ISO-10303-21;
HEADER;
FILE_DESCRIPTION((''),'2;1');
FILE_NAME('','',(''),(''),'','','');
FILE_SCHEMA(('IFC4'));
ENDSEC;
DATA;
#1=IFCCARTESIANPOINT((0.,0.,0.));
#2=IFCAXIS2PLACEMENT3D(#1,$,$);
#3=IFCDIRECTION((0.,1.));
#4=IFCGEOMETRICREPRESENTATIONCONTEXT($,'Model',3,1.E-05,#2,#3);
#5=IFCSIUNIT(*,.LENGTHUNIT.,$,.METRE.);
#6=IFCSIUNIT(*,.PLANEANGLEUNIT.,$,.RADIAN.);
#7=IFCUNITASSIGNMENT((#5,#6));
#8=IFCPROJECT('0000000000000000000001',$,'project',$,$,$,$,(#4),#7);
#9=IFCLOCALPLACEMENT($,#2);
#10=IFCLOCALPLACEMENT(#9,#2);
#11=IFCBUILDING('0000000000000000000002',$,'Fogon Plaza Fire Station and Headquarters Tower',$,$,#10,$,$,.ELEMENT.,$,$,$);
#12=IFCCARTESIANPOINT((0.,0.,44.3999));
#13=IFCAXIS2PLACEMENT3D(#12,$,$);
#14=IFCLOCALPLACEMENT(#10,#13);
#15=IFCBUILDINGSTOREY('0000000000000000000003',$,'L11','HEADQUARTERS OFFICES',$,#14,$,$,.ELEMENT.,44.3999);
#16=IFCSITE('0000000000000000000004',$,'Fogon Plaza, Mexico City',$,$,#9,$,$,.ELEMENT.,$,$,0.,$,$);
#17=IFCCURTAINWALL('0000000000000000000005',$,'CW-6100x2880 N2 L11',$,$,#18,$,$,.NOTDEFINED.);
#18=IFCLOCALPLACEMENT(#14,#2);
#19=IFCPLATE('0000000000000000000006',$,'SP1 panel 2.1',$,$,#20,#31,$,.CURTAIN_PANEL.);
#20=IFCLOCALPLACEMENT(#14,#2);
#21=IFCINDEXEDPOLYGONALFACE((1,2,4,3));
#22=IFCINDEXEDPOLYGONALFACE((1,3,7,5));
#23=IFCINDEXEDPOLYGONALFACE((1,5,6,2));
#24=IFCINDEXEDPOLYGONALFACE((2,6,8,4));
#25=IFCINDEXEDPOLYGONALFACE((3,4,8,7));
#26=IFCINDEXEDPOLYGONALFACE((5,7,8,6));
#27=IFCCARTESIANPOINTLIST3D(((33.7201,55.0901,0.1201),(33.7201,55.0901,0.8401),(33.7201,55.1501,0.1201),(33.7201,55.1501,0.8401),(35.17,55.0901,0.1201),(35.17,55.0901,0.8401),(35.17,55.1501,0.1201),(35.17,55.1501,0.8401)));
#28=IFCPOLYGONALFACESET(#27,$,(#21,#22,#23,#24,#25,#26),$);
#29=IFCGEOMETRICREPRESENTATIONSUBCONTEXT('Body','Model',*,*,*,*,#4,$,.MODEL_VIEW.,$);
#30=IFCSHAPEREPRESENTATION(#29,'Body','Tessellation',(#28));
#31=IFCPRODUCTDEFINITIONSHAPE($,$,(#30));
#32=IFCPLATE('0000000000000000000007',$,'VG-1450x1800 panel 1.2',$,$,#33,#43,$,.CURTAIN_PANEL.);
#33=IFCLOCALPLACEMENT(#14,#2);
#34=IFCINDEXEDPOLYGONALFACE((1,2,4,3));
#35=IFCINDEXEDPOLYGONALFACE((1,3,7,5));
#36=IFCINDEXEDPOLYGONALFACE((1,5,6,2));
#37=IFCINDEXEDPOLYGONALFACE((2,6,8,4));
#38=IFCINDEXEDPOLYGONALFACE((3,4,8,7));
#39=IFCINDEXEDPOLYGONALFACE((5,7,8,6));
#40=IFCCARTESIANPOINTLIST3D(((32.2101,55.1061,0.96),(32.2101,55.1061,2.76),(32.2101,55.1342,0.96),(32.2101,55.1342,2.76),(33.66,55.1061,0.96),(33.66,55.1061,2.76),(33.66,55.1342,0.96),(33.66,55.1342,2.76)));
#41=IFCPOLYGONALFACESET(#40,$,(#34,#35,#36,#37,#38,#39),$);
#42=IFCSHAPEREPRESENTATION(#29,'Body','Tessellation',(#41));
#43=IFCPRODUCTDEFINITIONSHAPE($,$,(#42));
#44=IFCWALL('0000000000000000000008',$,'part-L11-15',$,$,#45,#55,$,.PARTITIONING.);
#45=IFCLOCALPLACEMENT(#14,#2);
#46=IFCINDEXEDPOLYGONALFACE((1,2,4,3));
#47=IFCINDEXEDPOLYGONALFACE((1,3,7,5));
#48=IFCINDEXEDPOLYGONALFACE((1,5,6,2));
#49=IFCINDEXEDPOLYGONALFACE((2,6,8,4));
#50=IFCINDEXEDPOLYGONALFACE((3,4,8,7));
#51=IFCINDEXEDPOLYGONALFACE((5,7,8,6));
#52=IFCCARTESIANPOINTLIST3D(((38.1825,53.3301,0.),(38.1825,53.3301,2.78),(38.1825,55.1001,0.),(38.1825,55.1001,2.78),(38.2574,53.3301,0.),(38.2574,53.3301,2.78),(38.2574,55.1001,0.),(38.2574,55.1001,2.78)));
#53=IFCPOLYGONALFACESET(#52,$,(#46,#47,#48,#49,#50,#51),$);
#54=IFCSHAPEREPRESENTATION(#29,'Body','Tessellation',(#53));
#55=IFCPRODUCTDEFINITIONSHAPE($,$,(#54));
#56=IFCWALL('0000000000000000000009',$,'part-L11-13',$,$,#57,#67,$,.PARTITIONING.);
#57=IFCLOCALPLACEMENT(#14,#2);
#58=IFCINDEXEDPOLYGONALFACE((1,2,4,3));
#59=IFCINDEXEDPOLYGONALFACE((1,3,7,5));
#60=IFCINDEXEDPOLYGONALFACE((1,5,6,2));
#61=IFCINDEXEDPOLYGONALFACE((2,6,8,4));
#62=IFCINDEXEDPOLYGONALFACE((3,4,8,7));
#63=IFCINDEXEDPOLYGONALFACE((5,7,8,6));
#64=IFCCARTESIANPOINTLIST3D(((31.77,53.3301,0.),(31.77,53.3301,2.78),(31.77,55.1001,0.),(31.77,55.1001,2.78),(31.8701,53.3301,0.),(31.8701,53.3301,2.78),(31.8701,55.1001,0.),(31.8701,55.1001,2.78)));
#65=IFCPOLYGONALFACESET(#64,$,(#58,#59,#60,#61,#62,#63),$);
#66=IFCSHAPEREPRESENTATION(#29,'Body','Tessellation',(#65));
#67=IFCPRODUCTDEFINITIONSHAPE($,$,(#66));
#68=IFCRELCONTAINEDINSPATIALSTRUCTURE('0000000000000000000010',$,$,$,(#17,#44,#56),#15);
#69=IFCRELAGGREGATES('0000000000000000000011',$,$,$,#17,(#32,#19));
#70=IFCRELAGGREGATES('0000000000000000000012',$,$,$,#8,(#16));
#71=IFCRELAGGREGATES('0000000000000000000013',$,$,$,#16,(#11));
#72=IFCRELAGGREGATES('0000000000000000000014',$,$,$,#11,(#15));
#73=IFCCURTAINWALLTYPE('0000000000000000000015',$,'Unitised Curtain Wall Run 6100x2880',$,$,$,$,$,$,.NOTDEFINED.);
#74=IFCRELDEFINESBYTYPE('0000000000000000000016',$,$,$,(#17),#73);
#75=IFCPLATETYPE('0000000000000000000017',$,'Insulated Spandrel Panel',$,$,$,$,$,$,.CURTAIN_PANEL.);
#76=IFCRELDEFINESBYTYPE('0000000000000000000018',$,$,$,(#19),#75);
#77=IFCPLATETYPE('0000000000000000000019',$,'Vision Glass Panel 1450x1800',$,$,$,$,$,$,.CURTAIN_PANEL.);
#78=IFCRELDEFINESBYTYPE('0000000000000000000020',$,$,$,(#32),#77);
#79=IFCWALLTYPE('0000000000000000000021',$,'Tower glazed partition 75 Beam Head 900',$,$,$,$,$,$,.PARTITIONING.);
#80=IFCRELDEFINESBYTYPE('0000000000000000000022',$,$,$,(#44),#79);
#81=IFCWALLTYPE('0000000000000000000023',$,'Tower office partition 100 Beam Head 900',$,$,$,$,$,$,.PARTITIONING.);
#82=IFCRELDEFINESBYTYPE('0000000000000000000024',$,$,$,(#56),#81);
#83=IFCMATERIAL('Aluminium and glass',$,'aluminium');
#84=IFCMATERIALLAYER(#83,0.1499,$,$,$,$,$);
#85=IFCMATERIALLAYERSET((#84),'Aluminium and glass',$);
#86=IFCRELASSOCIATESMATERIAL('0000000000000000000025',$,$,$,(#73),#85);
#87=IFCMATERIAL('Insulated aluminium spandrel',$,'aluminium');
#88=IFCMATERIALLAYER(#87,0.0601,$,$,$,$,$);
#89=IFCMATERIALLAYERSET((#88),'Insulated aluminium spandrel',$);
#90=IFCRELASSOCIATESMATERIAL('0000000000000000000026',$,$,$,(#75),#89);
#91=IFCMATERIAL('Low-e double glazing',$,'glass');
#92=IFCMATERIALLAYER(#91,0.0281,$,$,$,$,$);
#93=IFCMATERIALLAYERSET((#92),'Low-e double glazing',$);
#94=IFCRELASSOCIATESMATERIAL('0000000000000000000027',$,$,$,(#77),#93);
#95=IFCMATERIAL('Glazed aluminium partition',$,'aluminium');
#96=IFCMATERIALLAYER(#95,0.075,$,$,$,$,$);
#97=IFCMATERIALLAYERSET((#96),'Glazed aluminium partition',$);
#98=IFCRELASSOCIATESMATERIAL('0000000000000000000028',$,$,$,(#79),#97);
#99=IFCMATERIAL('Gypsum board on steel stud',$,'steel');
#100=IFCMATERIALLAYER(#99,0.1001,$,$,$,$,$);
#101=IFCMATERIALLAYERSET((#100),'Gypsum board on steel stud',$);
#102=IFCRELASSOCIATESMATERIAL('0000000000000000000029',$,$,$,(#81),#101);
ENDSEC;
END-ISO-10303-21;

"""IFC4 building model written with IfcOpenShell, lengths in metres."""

from ifc_helpers import new_model, si_unit, direction, frame, frame_2d, origin, origin_2d, place, context, subcontext, project, spatial, rectangle, extrude, material, layer, layer_set, type_object, element, aggregate, save


model = new_model("IFC4")

# Units and contexts
model_context = context("Model", 3, precision=1e-05, world=origin(), true_north=direction((0.0, 1.0)))
body_context = subcontext(model_context, "Body", "Model", "MODEL_VIEW")
ifc_project = project(units=[si_unit("LENGTHUNIT", "METRE"), si_unit("PLANEANGLEUNIT", "RADIAN")], contexts=[model_context])

# Site, building, storey
site_placement = place(None, origin())
site = spatial("IfcSite", under=ifc_project, at=site_placement, Name="Fogon Plaza, Mexico City", CompositionType="ELEMENT", RefElevation=0.0)
building_placement = place(site_placement, origin())
building = spatial("IfcBuilding", under=site, at=building_placement, Name="Fogon Plaza Fire Station and Headquarters Tower", CompositionType="ELEMENT")
storey_placement = place(building_placement, frame((0.0, 0.0, 44.3999)))
storey = spatial("IfcBuildingStorey", under=building, at=storey_placement, Name="L11", Description="HEADQUARTERS OFFICES", CompositionType="ELEMENT", Elevation=44.3999)

# Shared definitions
ifc_material_1 = material(Name="Aluminium and glass", Category="aluminium")
ifc_layer_1 = layer(ifc_material_1, 0.1499)
ifc_layer_set_1 = layer_set([ifc_layer_1], Name="Aluminium and glass")
curtain_wall_type = type_object("IfcCurtainWallType", Name="Unitised Curtain Wall Run 6100x2880", PredefinedType="NOTDEFINED", material=ifc_layer_set_1)

# Curtain wall
curtain_wall_1_placement = place(storey_placement, origin())
curtain_wall_1 = element("IfcCurtainWall", 1, at=curtain_wall_1_placement, inside=storey, type_object=curtain_wall_type, Name="CW-6100x2880 N2 L11", PredefinedType="NOTDEFINED")

# Plates
ifc_material_2 = material(Name="Insulated aluminium spandrel", Category="aluminium")
ifc_layer_2 = layer(ifc_material_2, 0.0601)
ifc_layer_set_2 = layer_set([ifc_layer_2], Name="Insulated aluminium spandrel")
plate_type_1 = type_object("IfcPlateType", Name="Insulated Spandrel Panel", PredefinedType="CURTAIN_PANEL", material=ifc_layer_set_2)
plate_1_placement = place(storey_placement, frame((34.4451, 55.1201, 0.1201), z_axis=(0.0, 0.0, 1.0), x_axis=(1.0, 0.0, 0.0)))
plate_1 = element("IfcPlate", 2, at=plate_1_placement, type_object=plate_type_1, Name="SP1 panel 2.1", PredefinedType="CURTAIN_PANEL", context=body_context, shape_type="SweptSolid", body=[
    extrude(rectangle(XDim=1.45, YDim=0.0601, at=origin_2d()), origin(), (0.0, 0.0, 1.0), 0.72),
])
ifc_material_3 = material(Name="Low-e double glazing", Category="glass")
ifc_layer_3 = layer(ifc_material_3, 0.0281)
ifc_layer_set_3 = layer_set([ifc_layer_3], Name="Low-e double glazing")
plate_type_2 = type_object("IfcPlateType", Name="Vision Glass Panel 1450x1800", PredefinedType="CURTAIN_PANEL", material=ifc_layer_set_3)
plate_2_placement = place(storey_placement, frame((32.9351, 55.1201, 0.96), z_axis=(0.0, 0.0, 1.0), x_axis=(1.0, 0.0, 0.0)))
plate_2 = element("IfcPlate", 3, at=plate_2_placement, type_object=plate_type_2, Name="VG-1450x1800 panel 1.2", PredefinedType="CURTAIN_PANEL", context=body_context, shape_type="SweptSolid", body=[
    extrude(rectangle(XDim=1.45, YDim=0.0281, at=origin_2d()), origin(), (0.0, 0.0, 1.0), 1.8),
])
aggregate(curtain_wall_1, [plate_2, plate_1])

# Walls
ifc_material_4 = material(Name="Glazed aluminium partition", Category="aluminium")
ifc_layer_4 = layer(ifc_material_4, 0.075)
ifc_layer_set_4 = layer_set([ifc_layer_4], Name="Glazed aluminium partition")
wall_type_1 = type_object("IfcWallType", Name="Tower glazed partition 75 Beam Head 900", PredefinedType="PARTITIONING", material=ifc_layer_set_4)
wall_1_placement = place(storey_placement, frame((38.22, 53.3301, 0.0), z_axis=(0.0, 0.0, 1.0), x_axis=(0.0, 1.0, 0.0)))
element("IfcWall", 4, at=wall_1_placement, inside=storey, type_object=wall_type_1, Name="part-L11-15", PredefinedType="PARTITIONING", context=body_context, shape_type="SweptSolid", body=[
    extrude(rectangle(XDim=1.77, YDim=0.075, at=frame_2d((0.885, 0.0))), origin(), (0.0, 0.0, 1.0), 2.78),
])
ifc_material_5 = material(Name="Gypsum board on steel stud", Category="steel")
ifc_layer_5 = layer(ifc_material_5, 0.1001)
ifc_layer_set_5 = layer_set([ifc_layer_5], Name="Gypsum board on steel stud")
wall_type_2 = type_object("IfcWallType", Name="Tower office partition 100 Beam Head 900", PredefinedType="PARTITIONING", material=ifc_layer_set_5)
wall_2_placement = place(storey_placement, frame((31.8201, 53.3301, 0.0), z_axis=(0.0, 0.0, 1.0), x_axis=(0.0, 1.0, 0.0)))
element("IfcWall", 5, at=wall_2_placement, inside=storey, type_object=wall_type_2, Name="part-L11-13", PredefinedType="PARTITIONING", context=body_context, shape_type="SweptSolid", body=[
    extrude(rectangle(XDim=1.77, YDim=0.1001, at=frame_2d((0.885, 0.0))), origin(), (0.0, 0.0, 1.0), 2.78),
])

save(model, "model.ifc")
